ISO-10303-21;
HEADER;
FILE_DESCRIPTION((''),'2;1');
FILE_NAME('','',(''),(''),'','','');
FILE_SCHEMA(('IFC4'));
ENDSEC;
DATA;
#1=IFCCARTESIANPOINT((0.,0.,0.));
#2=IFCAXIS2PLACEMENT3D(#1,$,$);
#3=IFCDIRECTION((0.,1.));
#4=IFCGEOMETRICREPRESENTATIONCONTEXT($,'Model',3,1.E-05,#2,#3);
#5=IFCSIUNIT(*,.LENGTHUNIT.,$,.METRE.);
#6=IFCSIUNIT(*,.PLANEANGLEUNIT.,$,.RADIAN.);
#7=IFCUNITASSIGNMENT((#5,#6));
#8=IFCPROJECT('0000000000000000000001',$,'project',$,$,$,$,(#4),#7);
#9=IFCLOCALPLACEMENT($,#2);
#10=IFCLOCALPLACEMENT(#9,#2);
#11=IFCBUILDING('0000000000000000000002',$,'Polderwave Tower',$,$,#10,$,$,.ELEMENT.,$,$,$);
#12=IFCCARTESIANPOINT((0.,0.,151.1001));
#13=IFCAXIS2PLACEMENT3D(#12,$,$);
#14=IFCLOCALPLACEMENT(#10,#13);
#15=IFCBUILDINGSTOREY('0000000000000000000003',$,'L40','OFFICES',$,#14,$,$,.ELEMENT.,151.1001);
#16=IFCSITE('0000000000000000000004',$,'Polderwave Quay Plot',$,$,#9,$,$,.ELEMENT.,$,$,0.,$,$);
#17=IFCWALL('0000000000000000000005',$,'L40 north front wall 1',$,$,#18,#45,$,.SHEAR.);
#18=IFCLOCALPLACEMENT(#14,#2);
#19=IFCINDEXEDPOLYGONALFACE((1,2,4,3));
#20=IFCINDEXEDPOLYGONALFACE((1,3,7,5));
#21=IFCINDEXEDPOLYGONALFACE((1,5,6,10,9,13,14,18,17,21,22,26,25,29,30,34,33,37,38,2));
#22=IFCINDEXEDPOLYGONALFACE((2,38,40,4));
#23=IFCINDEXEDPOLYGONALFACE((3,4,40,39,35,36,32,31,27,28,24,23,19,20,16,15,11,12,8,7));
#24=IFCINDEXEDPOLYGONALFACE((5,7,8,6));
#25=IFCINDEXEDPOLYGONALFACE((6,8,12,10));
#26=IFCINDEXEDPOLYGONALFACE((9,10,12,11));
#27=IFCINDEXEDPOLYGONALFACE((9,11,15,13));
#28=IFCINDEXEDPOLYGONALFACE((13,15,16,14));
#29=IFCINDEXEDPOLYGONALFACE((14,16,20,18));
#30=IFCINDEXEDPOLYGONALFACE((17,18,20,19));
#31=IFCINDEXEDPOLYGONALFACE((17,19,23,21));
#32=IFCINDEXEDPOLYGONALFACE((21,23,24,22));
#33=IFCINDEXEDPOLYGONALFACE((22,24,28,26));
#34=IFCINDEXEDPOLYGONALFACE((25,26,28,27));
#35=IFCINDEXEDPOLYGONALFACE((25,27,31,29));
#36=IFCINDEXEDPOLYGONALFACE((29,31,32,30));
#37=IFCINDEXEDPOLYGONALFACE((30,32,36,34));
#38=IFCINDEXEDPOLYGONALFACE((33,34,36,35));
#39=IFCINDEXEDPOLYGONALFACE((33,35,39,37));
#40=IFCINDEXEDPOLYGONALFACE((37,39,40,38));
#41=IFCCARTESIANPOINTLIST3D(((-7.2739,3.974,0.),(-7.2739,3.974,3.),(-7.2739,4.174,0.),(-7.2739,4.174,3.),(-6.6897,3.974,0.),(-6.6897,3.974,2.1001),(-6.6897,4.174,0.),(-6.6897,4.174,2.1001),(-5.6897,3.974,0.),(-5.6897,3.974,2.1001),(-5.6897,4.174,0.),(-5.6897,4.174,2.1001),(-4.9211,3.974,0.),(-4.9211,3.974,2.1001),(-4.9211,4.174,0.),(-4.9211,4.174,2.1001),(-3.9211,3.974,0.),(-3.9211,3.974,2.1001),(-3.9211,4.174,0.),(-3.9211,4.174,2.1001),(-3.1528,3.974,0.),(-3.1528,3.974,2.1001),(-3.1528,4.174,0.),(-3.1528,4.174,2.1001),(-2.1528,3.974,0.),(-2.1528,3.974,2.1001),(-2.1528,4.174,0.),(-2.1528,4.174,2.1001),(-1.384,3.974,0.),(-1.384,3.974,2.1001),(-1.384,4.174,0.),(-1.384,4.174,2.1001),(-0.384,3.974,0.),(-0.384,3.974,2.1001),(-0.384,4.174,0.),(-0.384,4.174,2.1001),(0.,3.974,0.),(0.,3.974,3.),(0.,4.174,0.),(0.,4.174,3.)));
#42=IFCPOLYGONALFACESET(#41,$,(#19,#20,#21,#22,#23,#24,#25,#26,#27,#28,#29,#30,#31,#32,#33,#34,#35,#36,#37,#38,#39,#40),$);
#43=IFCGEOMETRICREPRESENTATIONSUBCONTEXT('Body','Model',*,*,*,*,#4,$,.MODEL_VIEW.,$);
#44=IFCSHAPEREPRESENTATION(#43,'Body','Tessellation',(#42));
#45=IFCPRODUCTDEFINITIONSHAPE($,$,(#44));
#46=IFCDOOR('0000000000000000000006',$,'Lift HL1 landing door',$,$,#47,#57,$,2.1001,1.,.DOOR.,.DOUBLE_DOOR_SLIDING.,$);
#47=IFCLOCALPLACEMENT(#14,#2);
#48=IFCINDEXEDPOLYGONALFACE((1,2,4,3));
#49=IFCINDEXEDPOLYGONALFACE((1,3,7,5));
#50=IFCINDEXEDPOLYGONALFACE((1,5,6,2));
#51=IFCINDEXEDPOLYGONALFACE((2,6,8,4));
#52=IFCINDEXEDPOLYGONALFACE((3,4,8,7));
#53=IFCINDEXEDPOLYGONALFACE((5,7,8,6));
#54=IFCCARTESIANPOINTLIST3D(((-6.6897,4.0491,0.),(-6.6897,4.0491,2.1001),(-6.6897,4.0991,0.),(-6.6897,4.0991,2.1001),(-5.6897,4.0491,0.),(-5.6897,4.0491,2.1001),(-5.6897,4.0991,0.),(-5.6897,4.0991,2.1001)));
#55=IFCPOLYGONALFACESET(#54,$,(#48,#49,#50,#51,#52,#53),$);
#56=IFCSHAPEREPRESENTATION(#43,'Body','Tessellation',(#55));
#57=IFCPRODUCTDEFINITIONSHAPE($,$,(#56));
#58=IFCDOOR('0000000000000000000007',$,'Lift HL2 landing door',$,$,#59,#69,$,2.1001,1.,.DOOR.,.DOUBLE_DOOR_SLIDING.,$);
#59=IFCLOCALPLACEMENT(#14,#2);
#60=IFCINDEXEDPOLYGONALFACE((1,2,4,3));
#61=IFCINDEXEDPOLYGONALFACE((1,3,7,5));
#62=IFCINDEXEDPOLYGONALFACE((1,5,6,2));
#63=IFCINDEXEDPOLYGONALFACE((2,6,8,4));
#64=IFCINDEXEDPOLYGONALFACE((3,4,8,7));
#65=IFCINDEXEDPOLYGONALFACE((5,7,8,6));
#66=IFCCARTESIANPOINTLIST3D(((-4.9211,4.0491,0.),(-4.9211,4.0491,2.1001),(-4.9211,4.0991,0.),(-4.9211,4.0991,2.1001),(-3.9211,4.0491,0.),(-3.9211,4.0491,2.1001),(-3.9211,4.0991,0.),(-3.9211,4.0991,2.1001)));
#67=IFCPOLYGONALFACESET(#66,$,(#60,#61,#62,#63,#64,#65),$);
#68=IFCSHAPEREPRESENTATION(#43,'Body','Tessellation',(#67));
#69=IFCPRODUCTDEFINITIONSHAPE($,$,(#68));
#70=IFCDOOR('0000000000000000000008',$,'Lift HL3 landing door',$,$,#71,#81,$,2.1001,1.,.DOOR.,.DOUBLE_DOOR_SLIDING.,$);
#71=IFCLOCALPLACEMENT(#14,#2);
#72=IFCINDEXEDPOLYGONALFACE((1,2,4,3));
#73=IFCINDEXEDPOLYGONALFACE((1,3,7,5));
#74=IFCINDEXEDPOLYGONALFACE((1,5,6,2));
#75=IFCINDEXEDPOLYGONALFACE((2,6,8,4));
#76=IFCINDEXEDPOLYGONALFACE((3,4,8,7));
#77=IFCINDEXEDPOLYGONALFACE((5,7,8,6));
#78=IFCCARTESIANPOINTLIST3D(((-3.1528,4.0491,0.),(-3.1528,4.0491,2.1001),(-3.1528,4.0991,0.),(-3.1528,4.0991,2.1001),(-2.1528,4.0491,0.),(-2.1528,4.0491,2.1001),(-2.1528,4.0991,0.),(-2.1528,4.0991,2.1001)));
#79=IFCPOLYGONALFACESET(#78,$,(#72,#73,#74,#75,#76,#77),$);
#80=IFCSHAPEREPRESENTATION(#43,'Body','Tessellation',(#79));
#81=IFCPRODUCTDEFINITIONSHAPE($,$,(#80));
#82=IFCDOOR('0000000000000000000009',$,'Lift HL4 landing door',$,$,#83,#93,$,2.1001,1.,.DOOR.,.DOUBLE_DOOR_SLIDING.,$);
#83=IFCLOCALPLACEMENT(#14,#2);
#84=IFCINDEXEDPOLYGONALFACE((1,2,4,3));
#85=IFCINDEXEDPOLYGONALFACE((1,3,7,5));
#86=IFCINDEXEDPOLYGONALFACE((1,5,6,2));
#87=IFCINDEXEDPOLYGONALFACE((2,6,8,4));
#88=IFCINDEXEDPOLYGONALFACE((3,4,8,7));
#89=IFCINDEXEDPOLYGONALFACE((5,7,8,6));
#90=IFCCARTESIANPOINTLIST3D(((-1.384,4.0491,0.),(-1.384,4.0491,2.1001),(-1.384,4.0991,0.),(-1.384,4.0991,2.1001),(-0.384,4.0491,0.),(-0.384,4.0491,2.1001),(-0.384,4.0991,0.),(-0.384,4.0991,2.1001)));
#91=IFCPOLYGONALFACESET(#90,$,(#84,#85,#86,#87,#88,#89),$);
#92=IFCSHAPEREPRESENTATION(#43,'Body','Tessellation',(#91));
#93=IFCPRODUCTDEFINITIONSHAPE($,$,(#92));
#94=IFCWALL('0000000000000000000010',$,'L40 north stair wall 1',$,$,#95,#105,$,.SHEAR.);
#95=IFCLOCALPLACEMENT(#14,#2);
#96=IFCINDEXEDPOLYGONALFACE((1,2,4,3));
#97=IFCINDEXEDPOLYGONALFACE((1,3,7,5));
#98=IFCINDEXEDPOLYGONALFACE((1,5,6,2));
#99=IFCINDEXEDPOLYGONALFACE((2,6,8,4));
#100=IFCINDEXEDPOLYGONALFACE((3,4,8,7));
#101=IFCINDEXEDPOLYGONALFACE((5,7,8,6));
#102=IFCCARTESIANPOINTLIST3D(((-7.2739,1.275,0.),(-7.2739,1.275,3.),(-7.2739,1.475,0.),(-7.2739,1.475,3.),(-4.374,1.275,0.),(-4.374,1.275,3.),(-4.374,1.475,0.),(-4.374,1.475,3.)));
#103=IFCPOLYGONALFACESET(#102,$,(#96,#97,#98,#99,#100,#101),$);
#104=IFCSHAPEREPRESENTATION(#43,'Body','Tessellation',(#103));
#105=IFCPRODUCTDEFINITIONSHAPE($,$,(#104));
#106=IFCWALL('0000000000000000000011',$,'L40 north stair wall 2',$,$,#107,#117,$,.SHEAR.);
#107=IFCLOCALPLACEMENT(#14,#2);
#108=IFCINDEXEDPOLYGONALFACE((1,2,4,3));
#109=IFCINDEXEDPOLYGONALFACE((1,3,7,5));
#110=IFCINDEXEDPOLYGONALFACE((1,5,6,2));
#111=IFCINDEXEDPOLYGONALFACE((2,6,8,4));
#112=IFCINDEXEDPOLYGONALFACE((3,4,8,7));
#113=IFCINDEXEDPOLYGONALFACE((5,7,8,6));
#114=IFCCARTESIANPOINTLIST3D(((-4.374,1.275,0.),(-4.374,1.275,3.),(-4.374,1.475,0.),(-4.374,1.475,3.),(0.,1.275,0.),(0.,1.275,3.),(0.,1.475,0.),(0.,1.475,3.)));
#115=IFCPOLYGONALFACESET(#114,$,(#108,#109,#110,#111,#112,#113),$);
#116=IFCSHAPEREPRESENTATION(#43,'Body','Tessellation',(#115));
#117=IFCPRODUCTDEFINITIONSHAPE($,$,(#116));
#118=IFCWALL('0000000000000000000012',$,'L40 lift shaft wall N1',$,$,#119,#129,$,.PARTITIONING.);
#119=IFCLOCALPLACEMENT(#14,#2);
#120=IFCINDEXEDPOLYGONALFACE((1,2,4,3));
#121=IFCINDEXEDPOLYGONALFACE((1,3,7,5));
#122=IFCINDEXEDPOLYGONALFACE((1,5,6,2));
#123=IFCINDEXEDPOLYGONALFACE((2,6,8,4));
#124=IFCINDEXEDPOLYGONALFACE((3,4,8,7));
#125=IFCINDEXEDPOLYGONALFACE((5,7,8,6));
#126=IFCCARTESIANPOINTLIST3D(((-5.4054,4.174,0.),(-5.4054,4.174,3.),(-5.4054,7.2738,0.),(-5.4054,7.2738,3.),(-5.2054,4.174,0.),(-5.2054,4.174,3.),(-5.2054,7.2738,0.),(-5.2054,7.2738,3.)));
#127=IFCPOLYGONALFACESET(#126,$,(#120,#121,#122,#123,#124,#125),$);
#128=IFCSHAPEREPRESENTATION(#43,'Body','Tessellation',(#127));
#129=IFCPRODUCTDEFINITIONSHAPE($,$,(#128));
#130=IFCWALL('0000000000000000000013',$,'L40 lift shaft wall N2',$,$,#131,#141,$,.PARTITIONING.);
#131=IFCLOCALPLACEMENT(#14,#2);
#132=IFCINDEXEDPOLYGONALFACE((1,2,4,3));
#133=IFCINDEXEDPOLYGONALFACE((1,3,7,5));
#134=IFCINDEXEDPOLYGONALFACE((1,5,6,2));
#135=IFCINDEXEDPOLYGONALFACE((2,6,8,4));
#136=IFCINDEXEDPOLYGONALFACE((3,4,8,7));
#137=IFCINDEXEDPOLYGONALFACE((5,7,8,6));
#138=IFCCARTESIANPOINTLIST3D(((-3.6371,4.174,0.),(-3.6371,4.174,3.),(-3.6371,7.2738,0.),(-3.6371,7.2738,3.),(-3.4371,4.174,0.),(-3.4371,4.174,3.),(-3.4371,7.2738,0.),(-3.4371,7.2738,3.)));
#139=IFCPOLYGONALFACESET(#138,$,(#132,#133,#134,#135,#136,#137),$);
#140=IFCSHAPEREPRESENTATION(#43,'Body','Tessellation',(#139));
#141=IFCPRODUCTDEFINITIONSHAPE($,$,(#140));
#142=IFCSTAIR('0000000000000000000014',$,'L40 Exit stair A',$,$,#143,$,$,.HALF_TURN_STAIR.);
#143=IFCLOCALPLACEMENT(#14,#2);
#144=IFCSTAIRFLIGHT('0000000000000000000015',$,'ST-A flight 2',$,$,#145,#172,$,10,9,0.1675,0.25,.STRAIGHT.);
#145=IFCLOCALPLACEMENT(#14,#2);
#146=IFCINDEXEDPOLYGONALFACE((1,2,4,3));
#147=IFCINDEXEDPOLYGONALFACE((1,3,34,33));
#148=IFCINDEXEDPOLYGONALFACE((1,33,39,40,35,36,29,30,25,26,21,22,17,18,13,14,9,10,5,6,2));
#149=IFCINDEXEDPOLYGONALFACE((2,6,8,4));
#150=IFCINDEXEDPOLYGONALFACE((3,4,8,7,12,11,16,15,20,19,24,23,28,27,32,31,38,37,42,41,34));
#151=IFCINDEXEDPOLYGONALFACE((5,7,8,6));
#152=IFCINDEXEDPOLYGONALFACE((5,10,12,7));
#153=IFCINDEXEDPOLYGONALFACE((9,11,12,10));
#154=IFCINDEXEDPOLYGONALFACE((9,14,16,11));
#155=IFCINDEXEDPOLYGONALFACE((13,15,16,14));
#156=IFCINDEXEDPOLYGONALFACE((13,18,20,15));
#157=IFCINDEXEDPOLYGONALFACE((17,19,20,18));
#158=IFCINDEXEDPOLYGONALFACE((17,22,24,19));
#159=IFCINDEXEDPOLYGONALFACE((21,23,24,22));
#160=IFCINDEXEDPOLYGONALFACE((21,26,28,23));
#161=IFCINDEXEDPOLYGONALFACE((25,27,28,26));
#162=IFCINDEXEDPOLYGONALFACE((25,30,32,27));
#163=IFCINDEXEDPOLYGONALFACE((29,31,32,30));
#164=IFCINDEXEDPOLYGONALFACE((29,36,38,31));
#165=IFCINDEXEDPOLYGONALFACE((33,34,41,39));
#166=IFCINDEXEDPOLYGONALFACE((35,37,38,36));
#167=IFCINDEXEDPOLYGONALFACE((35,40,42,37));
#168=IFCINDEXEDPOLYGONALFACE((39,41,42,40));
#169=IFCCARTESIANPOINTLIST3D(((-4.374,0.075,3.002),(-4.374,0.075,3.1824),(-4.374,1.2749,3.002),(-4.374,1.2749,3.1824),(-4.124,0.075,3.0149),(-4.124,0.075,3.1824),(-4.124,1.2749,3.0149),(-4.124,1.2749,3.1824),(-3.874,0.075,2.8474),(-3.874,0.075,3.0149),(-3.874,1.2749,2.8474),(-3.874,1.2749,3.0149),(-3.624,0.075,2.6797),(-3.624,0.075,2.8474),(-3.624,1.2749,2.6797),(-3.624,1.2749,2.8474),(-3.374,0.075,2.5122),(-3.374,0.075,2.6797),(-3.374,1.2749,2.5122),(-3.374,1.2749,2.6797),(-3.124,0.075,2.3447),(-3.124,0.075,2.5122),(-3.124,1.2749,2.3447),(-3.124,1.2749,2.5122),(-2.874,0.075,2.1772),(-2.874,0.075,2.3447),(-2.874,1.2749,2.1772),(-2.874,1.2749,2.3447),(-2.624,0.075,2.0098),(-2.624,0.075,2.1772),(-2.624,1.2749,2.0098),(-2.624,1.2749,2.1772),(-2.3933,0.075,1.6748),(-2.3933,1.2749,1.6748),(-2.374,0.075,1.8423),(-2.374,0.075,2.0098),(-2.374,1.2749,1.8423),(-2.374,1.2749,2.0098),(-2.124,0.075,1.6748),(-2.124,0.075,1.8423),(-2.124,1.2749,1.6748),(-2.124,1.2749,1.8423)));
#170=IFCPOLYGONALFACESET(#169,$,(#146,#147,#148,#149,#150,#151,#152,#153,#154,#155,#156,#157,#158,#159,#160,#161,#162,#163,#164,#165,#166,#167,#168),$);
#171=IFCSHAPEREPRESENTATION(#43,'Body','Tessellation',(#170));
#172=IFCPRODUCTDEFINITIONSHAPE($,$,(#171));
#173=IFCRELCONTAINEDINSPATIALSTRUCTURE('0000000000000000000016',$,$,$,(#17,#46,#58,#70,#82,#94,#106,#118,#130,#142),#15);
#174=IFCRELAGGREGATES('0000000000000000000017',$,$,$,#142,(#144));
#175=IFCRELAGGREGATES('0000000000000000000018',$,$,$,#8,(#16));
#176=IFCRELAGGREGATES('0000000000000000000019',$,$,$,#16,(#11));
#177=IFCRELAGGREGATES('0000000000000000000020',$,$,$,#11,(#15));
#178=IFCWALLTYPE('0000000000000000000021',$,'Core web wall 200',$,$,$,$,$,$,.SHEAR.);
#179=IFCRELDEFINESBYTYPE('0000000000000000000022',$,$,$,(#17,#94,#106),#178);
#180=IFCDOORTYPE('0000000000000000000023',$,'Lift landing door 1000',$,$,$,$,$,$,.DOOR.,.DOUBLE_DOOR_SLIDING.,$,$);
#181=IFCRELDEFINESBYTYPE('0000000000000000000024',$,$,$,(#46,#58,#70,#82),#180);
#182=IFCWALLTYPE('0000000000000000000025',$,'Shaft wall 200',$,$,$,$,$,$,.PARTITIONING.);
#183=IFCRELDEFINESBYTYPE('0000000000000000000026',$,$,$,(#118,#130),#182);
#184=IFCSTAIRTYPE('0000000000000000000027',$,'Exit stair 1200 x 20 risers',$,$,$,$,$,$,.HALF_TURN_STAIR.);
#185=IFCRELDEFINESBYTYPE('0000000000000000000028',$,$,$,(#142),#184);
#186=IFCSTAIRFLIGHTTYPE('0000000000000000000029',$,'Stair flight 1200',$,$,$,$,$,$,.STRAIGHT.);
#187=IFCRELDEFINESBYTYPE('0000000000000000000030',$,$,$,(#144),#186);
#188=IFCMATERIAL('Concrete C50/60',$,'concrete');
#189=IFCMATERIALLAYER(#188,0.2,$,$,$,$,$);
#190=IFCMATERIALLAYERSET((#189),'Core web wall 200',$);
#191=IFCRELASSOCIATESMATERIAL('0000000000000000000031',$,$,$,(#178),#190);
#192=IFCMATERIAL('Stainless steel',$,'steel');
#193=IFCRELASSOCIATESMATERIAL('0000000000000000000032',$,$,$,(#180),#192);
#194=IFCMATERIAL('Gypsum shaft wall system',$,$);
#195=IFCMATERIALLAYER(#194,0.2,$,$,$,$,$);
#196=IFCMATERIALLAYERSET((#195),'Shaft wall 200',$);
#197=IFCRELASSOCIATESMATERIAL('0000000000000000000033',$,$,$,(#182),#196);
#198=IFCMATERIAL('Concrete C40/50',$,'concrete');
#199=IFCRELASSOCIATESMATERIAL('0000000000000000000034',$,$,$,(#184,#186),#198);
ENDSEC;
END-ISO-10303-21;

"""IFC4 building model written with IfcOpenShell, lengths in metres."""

from ifc_helpers import new_model, si_unit, direction, frame, frame_2d, origin, place, context, subcontext, project, spatial, polyline, rectangle, outline, extrude, material, layer, layer_set, type_object, element, fill, aggregate, save


model = new_model("IFC4")

# Units and contexts
model_context = context("Model", 3, precision=1e-05, world=origin(), true_north=direction((0.0, 1.0)))
body_context = subcontext(model_context, "Body", "Model", "MODEL_VIEW")
ifc_project = project(units=[si_unit("LENGTHUNIT", "METRE"), si_unit("PLANEANGLEUNIT", "RADIAN")], contexts=[model_context])

# Site, building, storey
site_placement = place(None, origin())
site = spatial("IfcSite", under=ifc_project, at=site_placement, Name="Polderwave Quay Plot", CompositionType="ELEMENT", RefElevation=0.0)
building_placement = place(site_placement, origin())
building = spatial("IfcBuilding", under=site, at=building_placement, Name="Polderwave Tower", CompositionType="ELEMENT")
storey_placement = place(building_placement, frame((0.0, 0.0, 151.1001)))
storey = spatial("IfcBuildingStorey", under=building, at=storey_placement, Name="L40", Description="OFFICES", CompositionType="ELEMENT", Elevation=151.1001)

# Wall, openings, doors
ifc_material_1 = material(Name="Concrete C50/60", Category="concrete")
ifc_layer_1 = layer(ifc_material_1, 0.2)
ifc_layer_set_1 = layer_set([ifc_layer_1], Name="Core web wall 200")
wall_type_1 = type_object("IfcWallType", Name="Core web wall 200", PredefinedType="SHEAR", material=ifc_layer_set_1)
wall_1_placement = place(storey_placement, frame((-7.2739, 4.074, 0.0), z_axis=(0.0, 0.0, 1.0), x_axis=(1.0, 0.0, 0.0)))
wall_1 = element("IfcWall", 1, at=wall_1_placement, inside=storey, type_object=wall_type_1, Name="L40 north front wall 1", PredefinedType="SHEAR", context=body_context, shape_type="SweptSolid", body=[
    extrude(rectangle(XDim=7.2739, YDim=0.2, at=frame_2d((3.637, 0.0))), origin(), (0.0, 0.0, 1.0), 3.0),
])
opening_1_placement = place(wall_1_placement, frame((0.5842, 0.0, 0.0)))
opening_1 = element("IfcOpeningElement", 2, at=opening_1_placement, cuts=wall_1, PredefinedType="OPENING", context=body_context, shape_type="SweptSolid", body=[
    extrude(rectangle(XDim=1.0, YDim=2.1001, at=frame_2d((0.5, 1.05))), frame((0.0, 0.1099, 0.0), z_axis=(0.0, -1.0, 0.0), x_axis=(1.0, 0.0, 0.0)), (0.0, 0.0, 1.0), 0.22),
])
opening_2_placement = place(wall_1_placement, frame((2.3528, 0.0, 0.0)))
opening_2 = element("IfcOpeningElement", 3, at=opening_2_placement, cuts=wall_1, PredefinedType="OPENING", context=body_context, shape_type="SweptSolid", body=[
    extrude(rectangle(XDim=1.0, YDim=2.1001, at=frame_2d((0.5, 1.05))), frame((0.0, 0.1099, 0.0), z_axis=(0.0, -1.0, 0.0), x_axis=(1.0, 0.0, 0.0)), (0.0, 0.0, 1.0), 0.22),
])
opening_3_placement = place(wall_1_placement, frame((4.1211, 0.0, 0.0)))
opening_3 = element("IfcOpeningElement", 4, at=opening_3_placement, cuts=wall_1, PredefinedType="OPENING", context=body_context, shape_type="SweptSolid", body=[
    extrude(rectangle(XDim=1.0, YDim=2.1001, at=frame_2d((0.5, 1.05))), frame((0.0, 0.1099, 0.0), z_axis=(0.0, -1.0, 0.0), x_axis=(1.0, 0.0, 0.0)), (0.0, 0.0, 1.0), 0.22),
])
opening_4_placement = place(wall_1_placement, frame((5.8899, 0.0, 0.0)))
opening_4 = element("IfcOpeningElement", 5, at=opening_4_placement, cuts=wall_1, PredefinedType="OPENING", context=body_context, shape_type="SweptSolid", body=[
    extrude(rectangle(XDim=1.0, YDim=2.1001, at=frame_2d((0.5, 1.05))), frame((0.0, 0.1099, 0.0), z_axis=(0.0, -1.0, 0.0), x_axis=(1.0, 0.0, 0.0)), (0.0, 0.0, 1.0), 0.22),
])
ifc_material_2 = material(Name="Stainless steel", Category="steel")
door_type = type_object("IfcDoorType", Name="Lift landing door 1000", OperationType="DOUBLE_DOOR_SLIDING", PredefinedType="DOOR", material=ifc_material_2)
door_1_placement = place(opening_1_placement, frame((1.0, 0.0, 0.0), z_axis=(0.0, 0.0, 1.0), x_axis=(-1.0, 0.0, 0.0)))
door_1 = element("IfcDoor", 6, at=door_1_placement, inside=storey, type_object=door_type, Name="Lift HL1 landing door", OperationType="DOUBLE_DOOR_SLIDING", OverallHeight=2.1001, OverallWidth=1.0, PredefinedType="DOOR", context=body_context, shape_type="SweptSolid", body=[
    extrude(rectangle(XDim=1.0, YDim=2.1001, at=frame_2d((0.5, 1.05))), frame((0.0, 0.0249, 0.0), z_axis=(0.0, -1.0, 0.0), x_axis=(1.0, 0.0, 0.0)), (0.0, 0.0, 1.0), 0.05),
])
fill(opening_1, door_1)
door_2_placement = place(opening_2_placement, frame((1.0, 0.0, 0.0), z_axis=(0.0, 0.0, 1.0), x_axis=(-1.0, 0.0, 0.0)))
door_2 = element("IfcDoor", 7, at=door_2_placement, inside=storey, type_object=door_type, Name="Lift HL2 landing door", OperationType="DOUBLE_DOOR_SLIDING", OverallHeight=2.1001, OverallWidth=1.0, PredefinedType="DOOR", context=body_context, shape_type="SweptSolid", body=[
    extrude(rectangle(XDim=1.0, YDim=2.1001, at=frame_2d((0.5, 1.05))), frame((0.0, 0.0249, 0.0), z_axis=(0.0, -1.0, 0.0), x_axis=(1.0, 0.0, 0.0)), (0.0, 0.0, 1.0), 0.05),
])
fill(opening_2, door_2)
door_3_placement = place(opening_3_placement, frame((1.0, 0.0, 0.0), z_axis=(0.0, 0.0, 1.0), x_axis=(-1.0, 0.0, 0.0)))
door_3 = element("IfcDoor", 8, at=door_3_placement, inside=storey, type_object=door_type, Name="Lift HL3 landing door", OperationType="DOUBLE_DOOR_SLIDING", OverallHeight=2.1001, OverallWidth=1.0, PredefinedType="DOOR", context=body_context, shape_type="SweptSolid", body=[
    extrude(rectangle(XDim=1.0, YDim=2.1001, at=frame_2d((0.5, 1.05))), frame((0.0, 0.0249, 0.0), z_axis=(0.0, -1.0, 0.0), x_axis=(1.0, 0.0, 0.0)), (0.0, 0.0, 1.0), 0.05),
])
fill(opening_3, door_3)
door_4_placement = place(opening_4_placement, frame((1.0, 0.0, 0.0), z_axis=(0.0, 0.0, 1.0), x_axis=(-1.0, 0.0, 0.0)))
door_4 = element("IfcDoor", 9, at=door_4_placement, inside=storey, type_object=door_type, Name="Lift HL4 landing door", OperationType="DOUBLE_DOOR_SLIDING", OverallHeight=2.1001, OverallWidth=1.0, PredefinedType="DOOR", context=body_context, shape_type="SweptSolid", body=[
    extrude(rectangle(XDim=1.0, YDim=2.1001, at=frame_2d((0.5, 1.05))), frame((0.0, 0.0249, 0.0), z_axis=(0.0, -1.0, 0.0), x_axis=(1.0, 0.0, 0.0)), (0.0, 0.0, 1.0), 0.05),
])
fill(opening_4, door_4)

# Walls
wall_2_placement = place(storey_placement, frame((-7.2739, 1.375, 0.0), z_axis=(0.0, 0.0, 1.0), x_axis=(1.0, 0.0, 0.0)))
element("IfcWall", 10, at=wall_2_placement, inside=storey, type_object=wall_type_1, Name="L40 north stair wall 1", PredefinedType="SHEAR", context=body_context, shape_type="SweptSolid", body=[
    extrude(rectangle(XDim=2.8999, YDim=0.2, at=frame_2d((1.45, 0.0))), origin(), (0.0, 0.0, 1.0), 3.0),
])
wall_3_placement = place(storey_placement, frame((-4.374, 1.375, 0.0), z_axis=(0.0, 0.0, 1.0), x_axis=(1.0, 0.0, 0.0)))
element("IfcWall", 11, at=wall_3_placement, inside=storey, type_object=wall_type_1, Name="L40 north stair wall 2", PredefinedType="SHEAR", context=body_context, shape_type="SweptSolid", body=[
    extrude(rectangle(XDim=4.374, YDim=0.2, at=frame_2d((2.187, 0.0))), origin(), (0.0, 0.0, 1.0), 3.0),
])
ifc_material_3 = material(Name="Gypsum shaft wall system")
ifc_layer_2 = layer(ifc_material_3, 0.2)
ifc_layer_set_2 = layer_set([ifc_layer_2], Name="Shaft wall 200")
wall_type_2 = type_object("IfcWallType", Name="Shaft wall 200", PredefinedType="PARTITIONING", material=ifc_layer_set_2)
for number, where, z_axis, x_axis, name in (
    (12, (-5.3054, 4.1741, 0.0), (0.0, 0.0, 1.0), (0.0, 1.0, 0.0), "L40 lift shaft wall N1"),
    (13, (-3.5371, 4.1741, 0.0), (0.0, 0.0, 1.0), (0.0, 1.0, 0.0), "L40 lift shaft wall N2"),
):
    element("IfcWall", number, at=place(storey_placement, frame(where, z_axis=z_axis, x_axis=x_axis)), inside=storey, type_object=wall_type_2, Name=name, PredefinedType="PARTITIONING", context=body_context, shape_type="SweptSolid", body=[
        extrude(rectangle(XDim=3.0999, YDim=0.2, at=frame_2d((1.5498, 0.0))), origin(), (0.0, 0.0, 1.0), 3.0),
    ])

# Stair, stair flight
ifc_material_4 = material(Name="Concrete C40/50", Category="concrete")
stair_type = type_object("IfcStairType", Name="Exit stair 1200 x 20 risers", PredefinedType="HALF_TURN_STAIR", material=ifc_material_4)
stair_placement = place(storey_placement, origin())
stair = element("IfcStair", 14, at=stair_placement, inside=storey, type_object=stair_type, Name="L40 Exit stair A", PredefinedType="HALF_TURN_STAIR")
stair_flight_type = type_object("IfcStairFlightType", Name="Stair flight 1200", PredefinedType="STRAIGHT", material=ifc_material_4)
stair_flight_placement = place(storey_placement, frame((-2.124, 0.675, 1.6748), z_axis=(0.0, 0.0, 1.0), x_axis=(-1.0, 0.0, 0.0)))
stair_flight = element("IfcStairFlight", 15, at=stair_flight_placement, type_object=stair_flight_type, Name="ST-A flight 2", NumberOfRisers=10, NumberOfTreads=9, PredefinedType="STRAIGHT", RiserHeight=0.1675, TreadLength=0.25, context=body_context, shape_type="SweptSolid", body=[
    extrude(outline(polyline([(0.0, 0.0), (0.0, 0.1675), (0.25, 0.1675), (0.25, 0.335), (0.5, 0.335), (0.5, 0.5024), (0.75, 0.5024), (0.75, 0.6699), (1.0, 0.6699), (1.0, 0.8374), (1.25, 0.8374), (1.25, 1.0049), (1.5, 1.0049), (1.5, 1.1726), (1.75, 1.1726), (1.75, 1.3401), (2.0, 1.3401), (2.0, 1.5076), (2.25, 1.5076), (2.25, 1.675), (2.25, 1.3271), (0.2693, 0.0), (0.0, 0.0)])), frame((0.0, 0.6001, 0.0), z_axis=(0.0, -1.0, 0.0), x_axis=(1.0, 0.0, 0.0)), (0.0, 0.0, 1.0), 1.2),
])
aggregate(stair, [stair_flight])

save(model, "model.ifc")
